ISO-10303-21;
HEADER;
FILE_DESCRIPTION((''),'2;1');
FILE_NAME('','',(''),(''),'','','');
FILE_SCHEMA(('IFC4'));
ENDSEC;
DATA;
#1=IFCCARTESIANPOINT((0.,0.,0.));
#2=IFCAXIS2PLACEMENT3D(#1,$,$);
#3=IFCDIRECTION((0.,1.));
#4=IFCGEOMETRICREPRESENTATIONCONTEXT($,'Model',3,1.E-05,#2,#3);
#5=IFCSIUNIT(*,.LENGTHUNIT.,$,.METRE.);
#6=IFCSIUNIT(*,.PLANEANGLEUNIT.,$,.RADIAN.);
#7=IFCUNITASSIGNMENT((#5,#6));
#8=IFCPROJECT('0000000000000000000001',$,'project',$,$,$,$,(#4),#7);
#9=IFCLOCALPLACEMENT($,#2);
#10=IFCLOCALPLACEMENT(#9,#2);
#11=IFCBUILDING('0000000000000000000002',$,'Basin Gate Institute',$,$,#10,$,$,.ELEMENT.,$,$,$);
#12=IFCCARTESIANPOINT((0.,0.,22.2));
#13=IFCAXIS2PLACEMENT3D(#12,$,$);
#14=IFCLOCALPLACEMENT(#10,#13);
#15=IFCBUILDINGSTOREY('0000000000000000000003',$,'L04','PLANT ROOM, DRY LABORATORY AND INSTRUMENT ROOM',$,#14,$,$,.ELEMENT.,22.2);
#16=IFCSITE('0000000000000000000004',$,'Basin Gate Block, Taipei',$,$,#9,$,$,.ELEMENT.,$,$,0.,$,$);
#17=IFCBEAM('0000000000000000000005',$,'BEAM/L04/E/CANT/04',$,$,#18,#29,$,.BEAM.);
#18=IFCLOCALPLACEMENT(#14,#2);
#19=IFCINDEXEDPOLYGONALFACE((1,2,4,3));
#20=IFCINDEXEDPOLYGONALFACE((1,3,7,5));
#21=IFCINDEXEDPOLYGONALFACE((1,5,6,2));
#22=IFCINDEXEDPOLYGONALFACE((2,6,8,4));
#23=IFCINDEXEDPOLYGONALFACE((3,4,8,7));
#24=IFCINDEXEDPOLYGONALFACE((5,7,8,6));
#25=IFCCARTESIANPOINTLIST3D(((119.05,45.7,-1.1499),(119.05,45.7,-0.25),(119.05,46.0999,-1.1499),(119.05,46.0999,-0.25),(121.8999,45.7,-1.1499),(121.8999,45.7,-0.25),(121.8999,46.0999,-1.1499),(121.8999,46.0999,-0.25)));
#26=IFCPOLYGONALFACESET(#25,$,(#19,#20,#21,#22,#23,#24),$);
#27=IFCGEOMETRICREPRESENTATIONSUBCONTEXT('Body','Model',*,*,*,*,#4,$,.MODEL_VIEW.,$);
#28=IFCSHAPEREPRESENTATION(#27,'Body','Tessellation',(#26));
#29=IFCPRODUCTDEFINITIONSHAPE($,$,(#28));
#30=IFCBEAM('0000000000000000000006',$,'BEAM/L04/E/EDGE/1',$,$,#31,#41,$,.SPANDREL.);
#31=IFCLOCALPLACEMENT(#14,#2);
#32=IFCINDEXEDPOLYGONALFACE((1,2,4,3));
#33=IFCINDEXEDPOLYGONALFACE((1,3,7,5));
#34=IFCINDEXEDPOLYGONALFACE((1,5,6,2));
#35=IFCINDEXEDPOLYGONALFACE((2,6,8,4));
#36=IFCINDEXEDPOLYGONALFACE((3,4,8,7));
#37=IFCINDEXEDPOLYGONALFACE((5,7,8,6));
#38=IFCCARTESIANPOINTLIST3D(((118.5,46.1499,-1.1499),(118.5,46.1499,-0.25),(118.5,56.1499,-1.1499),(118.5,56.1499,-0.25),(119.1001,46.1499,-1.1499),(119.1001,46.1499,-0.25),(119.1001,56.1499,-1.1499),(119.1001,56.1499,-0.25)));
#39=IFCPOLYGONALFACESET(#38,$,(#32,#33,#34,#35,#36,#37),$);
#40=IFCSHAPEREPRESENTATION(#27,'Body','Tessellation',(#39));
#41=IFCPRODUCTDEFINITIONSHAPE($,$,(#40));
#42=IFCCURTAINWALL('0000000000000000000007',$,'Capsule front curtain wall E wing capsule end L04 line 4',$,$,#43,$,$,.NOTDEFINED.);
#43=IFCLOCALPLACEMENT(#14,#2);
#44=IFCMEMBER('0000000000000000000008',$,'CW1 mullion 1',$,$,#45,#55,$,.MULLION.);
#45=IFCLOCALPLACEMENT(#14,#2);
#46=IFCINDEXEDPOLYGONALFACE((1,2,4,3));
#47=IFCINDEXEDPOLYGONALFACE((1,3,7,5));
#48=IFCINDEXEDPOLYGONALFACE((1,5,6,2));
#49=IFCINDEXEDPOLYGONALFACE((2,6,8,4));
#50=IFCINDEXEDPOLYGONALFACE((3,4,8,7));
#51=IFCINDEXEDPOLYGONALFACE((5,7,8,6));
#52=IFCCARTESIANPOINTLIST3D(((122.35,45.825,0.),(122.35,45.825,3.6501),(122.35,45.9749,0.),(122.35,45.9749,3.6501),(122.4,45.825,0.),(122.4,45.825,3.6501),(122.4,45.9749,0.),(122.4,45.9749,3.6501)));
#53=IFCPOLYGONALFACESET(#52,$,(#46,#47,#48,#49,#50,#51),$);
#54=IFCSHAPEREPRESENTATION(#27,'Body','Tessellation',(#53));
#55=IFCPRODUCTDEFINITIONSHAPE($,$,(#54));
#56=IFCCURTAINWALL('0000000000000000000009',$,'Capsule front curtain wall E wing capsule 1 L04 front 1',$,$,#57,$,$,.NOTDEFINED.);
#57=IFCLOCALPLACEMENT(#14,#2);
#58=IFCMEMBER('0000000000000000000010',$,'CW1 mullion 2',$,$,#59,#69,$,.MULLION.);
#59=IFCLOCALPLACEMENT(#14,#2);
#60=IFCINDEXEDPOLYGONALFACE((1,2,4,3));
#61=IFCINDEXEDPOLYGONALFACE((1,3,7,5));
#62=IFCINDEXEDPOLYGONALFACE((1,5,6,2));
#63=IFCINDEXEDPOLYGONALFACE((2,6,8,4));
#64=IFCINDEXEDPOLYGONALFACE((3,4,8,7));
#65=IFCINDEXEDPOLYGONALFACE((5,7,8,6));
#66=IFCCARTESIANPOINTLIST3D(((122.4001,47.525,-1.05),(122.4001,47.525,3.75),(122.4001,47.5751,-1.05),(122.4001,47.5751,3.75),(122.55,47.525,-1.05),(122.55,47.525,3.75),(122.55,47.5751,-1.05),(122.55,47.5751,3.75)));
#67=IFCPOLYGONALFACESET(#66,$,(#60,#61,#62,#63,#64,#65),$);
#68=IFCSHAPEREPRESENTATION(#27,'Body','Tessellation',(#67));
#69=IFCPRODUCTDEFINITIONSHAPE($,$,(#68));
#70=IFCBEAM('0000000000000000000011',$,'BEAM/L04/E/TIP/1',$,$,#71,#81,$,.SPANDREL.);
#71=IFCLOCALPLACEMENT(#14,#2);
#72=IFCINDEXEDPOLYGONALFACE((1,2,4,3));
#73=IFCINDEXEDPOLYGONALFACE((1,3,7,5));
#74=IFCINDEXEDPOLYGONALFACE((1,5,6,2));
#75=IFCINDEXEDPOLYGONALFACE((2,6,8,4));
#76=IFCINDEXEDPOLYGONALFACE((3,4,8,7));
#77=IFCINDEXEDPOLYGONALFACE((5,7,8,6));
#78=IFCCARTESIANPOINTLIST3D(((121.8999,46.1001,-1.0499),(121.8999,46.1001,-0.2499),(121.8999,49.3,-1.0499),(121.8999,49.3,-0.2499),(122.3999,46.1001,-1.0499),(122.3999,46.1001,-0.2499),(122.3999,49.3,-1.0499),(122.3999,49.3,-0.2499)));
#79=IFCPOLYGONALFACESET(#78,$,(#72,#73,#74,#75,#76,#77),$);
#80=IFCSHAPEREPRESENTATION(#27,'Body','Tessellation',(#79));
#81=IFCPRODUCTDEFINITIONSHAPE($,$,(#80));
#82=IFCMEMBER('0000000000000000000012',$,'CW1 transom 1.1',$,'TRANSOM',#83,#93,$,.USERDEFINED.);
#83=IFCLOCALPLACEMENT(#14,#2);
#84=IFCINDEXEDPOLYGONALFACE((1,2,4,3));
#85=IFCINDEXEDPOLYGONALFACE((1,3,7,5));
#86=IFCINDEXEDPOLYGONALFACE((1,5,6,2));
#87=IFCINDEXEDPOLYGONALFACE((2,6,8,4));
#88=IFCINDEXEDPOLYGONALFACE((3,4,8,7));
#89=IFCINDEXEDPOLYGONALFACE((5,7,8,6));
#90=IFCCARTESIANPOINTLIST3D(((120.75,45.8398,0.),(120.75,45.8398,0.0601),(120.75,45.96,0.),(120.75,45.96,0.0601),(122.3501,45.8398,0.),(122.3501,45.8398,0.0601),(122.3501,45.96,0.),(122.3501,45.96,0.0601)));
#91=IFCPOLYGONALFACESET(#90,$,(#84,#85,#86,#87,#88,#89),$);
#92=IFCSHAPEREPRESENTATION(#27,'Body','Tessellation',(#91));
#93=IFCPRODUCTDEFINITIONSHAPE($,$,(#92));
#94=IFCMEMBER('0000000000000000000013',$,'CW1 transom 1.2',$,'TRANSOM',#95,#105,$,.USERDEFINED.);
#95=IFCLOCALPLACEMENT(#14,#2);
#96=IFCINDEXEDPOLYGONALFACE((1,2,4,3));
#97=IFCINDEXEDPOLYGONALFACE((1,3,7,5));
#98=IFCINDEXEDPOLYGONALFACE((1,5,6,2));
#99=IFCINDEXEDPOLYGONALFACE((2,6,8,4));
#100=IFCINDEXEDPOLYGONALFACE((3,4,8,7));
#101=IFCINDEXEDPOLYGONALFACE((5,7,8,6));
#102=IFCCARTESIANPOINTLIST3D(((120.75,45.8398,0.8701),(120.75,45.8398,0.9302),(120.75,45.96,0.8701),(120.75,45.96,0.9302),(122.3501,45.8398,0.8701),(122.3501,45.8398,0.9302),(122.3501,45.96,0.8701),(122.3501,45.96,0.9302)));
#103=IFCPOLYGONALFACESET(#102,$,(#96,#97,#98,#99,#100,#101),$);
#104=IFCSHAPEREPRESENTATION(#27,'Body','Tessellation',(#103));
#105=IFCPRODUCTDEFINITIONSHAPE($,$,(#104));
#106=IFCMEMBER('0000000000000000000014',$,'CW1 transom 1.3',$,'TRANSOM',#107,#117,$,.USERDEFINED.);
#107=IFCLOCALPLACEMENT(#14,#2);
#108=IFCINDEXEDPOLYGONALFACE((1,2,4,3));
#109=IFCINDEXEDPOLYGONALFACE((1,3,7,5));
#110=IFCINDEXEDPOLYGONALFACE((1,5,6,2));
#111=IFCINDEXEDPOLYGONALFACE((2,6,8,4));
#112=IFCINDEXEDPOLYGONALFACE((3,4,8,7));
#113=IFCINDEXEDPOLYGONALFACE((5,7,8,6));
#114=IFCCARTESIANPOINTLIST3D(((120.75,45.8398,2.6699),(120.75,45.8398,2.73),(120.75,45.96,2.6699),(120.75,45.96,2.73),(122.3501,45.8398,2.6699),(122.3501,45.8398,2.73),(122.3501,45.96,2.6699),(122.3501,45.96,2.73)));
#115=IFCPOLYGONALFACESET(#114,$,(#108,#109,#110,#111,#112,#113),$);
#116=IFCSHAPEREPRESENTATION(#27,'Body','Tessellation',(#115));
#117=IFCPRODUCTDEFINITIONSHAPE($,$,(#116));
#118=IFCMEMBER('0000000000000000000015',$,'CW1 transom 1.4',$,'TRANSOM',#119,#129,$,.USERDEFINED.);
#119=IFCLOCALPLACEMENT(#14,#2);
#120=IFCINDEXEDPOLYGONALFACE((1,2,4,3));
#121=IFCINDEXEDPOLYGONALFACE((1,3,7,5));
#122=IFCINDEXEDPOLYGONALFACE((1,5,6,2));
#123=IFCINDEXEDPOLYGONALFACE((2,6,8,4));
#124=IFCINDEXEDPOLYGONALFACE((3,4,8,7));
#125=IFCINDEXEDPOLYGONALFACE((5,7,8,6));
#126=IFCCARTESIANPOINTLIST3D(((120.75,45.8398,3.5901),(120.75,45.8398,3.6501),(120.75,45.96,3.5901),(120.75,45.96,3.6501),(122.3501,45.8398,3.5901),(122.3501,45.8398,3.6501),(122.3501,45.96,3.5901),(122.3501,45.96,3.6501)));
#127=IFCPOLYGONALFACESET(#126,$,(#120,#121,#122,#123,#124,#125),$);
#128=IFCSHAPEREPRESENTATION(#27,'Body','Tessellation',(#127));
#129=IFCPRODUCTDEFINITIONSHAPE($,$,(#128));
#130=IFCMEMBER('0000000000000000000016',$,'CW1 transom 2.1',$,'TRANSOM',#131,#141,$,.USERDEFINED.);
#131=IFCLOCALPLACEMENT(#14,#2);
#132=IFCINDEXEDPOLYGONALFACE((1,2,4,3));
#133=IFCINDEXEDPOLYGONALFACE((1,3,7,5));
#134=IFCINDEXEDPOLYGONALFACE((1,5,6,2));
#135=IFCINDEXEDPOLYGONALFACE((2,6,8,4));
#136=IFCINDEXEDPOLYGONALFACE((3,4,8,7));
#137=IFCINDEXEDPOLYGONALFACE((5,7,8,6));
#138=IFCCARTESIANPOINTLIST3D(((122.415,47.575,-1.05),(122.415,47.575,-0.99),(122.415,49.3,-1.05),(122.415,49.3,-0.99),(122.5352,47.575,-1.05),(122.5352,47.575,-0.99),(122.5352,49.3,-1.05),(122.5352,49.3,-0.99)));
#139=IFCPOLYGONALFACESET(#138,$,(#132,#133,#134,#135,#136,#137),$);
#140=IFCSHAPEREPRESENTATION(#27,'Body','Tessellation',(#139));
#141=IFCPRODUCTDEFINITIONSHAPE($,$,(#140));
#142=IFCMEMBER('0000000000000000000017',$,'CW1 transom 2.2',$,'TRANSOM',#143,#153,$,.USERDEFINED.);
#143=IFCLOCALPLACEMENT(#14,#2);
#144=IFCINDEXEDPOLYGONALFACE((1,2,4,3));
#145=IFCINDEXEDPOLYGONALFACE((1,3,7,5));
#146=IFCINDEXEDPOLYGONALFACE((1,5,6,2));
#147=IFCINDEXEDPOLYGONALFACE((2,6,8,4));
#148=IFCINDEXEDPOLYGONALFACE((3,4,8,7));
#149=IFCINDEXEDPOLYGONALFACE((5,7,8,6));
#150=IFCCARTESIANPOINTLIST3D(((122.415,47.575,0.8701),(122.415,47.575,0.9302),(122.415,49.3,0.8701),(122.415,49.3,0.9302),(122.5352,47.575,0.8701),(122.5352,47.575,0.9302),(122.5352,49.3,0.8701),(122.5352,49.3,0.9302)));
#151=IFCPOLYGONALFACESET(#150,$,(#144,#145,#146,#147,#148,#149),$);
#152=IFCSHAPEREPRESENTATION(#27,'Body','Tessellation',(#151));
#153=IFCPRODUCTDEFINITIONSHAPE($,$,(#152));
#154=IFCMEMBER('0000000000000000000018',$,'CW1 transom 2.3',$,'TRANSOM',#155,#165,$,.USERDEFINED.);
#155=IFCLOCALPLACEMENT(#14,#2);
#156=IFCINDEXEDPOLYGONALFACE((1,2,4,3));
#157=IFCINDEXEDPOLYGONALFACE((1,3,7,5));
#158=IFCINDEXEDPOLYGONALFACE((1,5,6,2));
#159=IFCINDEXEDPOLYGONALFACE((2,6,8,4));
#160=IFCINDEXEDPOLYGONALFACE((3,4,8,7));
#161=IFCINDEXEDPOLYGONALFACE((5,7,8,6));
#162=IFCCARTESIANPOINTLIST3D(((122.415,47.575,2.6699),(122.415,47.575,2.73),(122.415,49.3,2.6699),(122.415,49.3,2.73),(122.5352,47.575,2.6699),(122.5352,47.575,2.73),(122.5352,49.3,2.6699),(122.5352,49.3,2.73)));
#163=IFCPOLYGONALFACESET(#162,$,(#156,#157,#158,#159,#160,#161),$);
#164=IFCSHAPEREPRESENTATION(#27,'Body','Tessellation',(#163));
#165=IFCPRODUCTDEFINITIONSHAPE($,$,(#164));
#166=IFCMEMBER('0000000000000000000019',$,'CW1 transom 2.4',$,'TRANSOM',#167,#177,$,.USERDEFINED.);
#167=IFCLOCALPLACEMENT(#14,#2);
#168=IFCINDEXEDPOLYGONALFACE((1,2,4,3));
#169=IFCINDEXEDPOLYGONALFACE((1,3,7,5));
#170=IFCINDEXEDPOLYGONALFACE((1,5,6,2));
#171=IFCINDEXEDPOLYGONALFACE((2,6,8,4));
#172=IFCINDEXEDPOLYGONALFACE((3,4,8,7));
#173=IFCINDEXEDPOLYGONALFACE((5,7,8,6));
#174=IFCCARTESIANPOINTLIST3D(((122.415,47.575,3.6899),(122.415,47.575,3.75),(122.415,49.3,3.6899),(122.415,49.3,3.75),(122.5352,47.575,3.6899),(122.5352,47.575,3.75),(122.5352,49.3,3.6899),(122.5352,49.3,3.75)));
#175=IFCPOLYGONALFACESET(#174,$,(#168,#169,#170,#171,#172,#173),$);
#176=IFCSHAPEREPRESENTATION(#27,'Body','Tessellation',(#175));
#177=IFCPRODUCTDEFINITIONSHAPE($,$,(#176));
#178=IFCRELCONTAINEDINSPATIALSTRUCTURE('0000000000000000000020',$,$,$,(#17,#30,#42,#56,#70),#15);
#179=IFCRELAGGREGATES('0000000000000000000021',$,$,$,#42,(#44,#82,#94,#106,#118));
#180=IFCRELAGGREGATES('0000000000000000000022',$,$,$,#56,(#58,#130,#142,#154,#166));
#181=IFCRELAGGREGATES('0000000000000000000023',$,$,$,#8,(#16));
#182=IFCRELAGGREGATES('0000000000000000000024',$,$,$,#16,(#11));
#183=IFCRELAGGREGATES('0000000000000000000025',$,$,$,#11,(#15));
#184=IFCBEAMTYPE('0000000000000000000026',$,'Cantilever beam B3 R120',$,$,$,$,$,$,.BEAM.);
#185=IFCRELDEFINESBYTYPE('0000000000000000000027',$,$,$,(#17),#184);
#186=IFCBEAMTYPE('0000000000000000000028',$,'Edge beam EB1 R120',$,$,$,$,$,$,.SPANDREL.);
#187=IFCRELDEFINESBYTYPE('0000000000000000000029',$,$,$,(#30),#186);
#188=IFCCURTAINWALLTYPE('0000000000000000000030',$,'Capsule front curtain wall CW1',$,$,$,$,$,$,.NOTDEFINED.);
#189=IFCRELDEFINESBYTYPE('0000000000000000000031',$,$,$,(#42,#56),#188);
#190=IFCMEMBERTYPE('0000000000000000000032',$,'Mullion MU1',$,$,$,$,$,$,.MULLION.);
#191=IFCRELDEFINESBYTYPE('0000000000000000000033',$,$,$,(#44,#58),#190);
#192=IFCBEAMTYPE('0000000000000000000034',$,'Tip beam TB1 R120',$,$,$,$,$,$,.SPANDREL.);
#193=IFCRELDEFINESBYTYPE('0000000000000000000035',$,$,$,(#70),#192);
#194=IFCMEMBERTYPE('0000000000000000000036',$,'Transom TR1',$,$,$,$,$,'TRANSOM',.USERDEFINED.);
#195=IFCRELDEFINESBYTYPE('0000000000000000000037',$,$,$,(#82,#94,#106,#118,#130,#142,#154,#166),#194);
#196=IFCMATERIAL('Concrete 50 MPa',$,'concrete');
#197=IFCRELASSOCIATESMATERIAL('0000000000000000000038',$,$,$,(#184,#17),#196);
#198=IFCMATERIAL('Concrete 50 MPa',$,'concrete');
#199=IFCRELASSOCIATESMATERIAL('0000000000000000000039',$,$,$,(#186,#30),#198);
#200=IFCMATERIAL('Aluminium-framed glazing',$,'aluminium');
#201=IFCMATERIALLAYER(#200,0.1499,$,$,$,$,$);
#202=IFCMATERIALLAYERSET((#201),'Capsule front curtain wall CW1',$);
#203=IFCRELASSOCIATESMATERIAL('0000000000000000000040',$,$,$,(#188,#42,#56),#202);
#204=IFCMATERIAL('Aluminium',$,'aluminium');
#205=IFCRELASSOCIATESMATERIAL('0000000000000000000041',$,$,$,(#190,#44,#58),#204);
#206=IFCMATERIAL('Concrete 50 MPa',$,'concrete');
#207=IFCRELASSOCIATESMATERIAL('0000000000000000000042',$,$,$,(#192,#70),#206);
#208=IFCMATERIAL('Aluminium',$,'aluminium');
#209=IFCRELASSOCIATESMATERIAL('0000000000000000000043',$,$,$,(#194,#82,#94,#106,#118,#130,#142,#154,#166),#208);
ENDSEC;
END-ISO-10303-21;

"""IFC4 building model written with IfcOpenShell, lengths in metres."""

from ifc_helpers import new_model, si_unit, direction, frame, origin, origin_2d, place, context, subcontext, project, spatial, rectangle, extrude, material, layer, layer_set, material_profile, profile_set, type_object, element, aggregate, save


model = new_model("IFC4")

# Units and contexts
model_context = context("Model", 3, precision=1e-05, world=origin(), true_north=direction((0.0, 1.0)))
body_context = subcontext(model_context, "Body", "Model", "MODEL_VIEW")
ifc_project = project(units=[si_unit("LENGTHUNIT", "METRE"), si_unit("PLANEANGLEUNIT", "RADIAN")], contexts=[model_context])

# Site, building, storey
site_placement = place(None, origin())
site = spatial("IfcSite", under=ifc_project, at=site_placement, Name="Basin Gate Block, Taipei", CompositionType="ELEMENT", RefElevation=0.0)
building_placement = place(site_placement, origin())
building = spatial("IfcBuilding", under=site, at=building_placement, Name="Basin Gate Institute", CompositionType="ELEMENT")
storey_placement = place(building_placement, frame((0.0, 0.0, 22.2)))
storey = spatial("IfcBuildingStorey", under=building, at=storey_placement, Name="L04", Description="PLANT ROOM, DRY LABORATORY AND INSTRUMENT ROOM", CompositionType="ELEMENT", Elevation=22.2)

# Beams
ifc_material_1 = material(Name="Concrete 50 MPa", Category="concrete")
ifc_material_profile_1 = material_profile(ifc_material_1, rectangle(XDim=0.3999, YDim=0.8999, at=origin_2d()), Name="Cantilever beam B3 400 x 900")
ifc_profile_set_1 = profile_set([ifc_material_profile_1], Name="Concrete 50 MPa")
beam_type_1 = type_object("IfcBeamType", Name="Cantilever beam B3 R120", PredefinedType="BEAM", material=ifc_profile_set_1)
beam_1_placement = place(storey_placement, frame((121.8999, 45.8999, -0.7), z_axis=(-1.0, 0.0, 0.0), x_axis=(0.0, -1.0, 0.0)))
element("IfcBeam", 1, at=beam_1_placement, inside=storey, type_object=beam_type_1, material=ifc_profile_set_1, Name="BEAM/L04/E/CANT/04", PredefinedType="BEAM", context=body_context, shape_type="SweptSolid", body=[
    extrude(rectangle(XDim=0.3999, YDim=0.8999, at=origin_2d()), origin(), (0.0, 0.0, 1.0), 2.8499),
])
ifc_material_2 = material(Name="Concrete 50 MPa", Category="concrete")
ifc_material_profile_2 = material_profile(ifc_material_2, rectangle(XDim=0.6001, YDim=0.8999, at=origin_2d()), Name="Edge beam EB1 600 x 900")
ifc_profile_set_2 = profile_set([ifc_material_profile_2], Name="Concrete 50 MPa")
beam_type_2 = type_object("IfcBeamType", Name="Edge beam EB1 R120", PredefinedType="SPANDREL", material=ifc_profile_set_2)
beam_2_placement = place(storey_placement, frame((118.8, 46.1499, -0.7), z_axis=(0.0, 1.0, 0.0), x_axis=(-1.0, 0.0, 0.0)))
element("IfcBeam", 2, at=beam_2_placement, inside=storey, type_object=beam_type_2, material=ifc_profile_set_2, Name="BEAM/L04/E/EDGE/1", PredefinedType="SPANDREL", context=body_context, shape_type="SweptSolid", body=[
    extrude(rectangle(XDim=0.6001, YDim=0.8999, at=origin_2d()), origin(), (0.0, 0.0, 1.0), 10.0),
])

# Curtain walls, members
ifc_material_3 = material(Name="Aluminium-framed glazing", Category="aluminium")
ifc_layer_1 = layer(ifc_material_3, 0.1499)
ifc_layer_set_1 = layer_set([ifc_layer_1], Name="Capsule front curtain wall CW1")
curtain_wall_type = type_object("IfcCurtainWallType", Name="Capsule front curtain wall CW1", PredefinedType="NOTDEFINED", material=ifc_layer_set_1)
curtain_wall_1_placement = place(storey_placement, origin())
curtain_wall_1 = element("IfcCurtainWall", 3, at=curtain_wall_1_placement, inside=storey, type_object=curtain_wall_type, material=ifc_layer_set_1, Name="Capsule front curtain wall E wing capsule end L04 line 4", PredefinedType="NOTDEFINED")
ifc_material_4 = material(Name="Aluminium", Category="aluminium")
ifc_material_profile_3 = material_profile(ifc_material_4, rectangle(XDim=0.1499, YDim=0.05, at=origin_2d()), Name="Mullion MU1 150 x 50")
ifc_profile_set_3 = profile_set([ifc_material_profile_3], Name="Aluminium")
member_type_1 = type_object("IfcMemberType", Name="Mullion MU1", PredefinedType="MULLION", material=ifc_profile_set_3)
member_1_placement = place(storey_placement, frame((122.375, 45.8999, 0.0), z_axis=(0.0, 0.0, 1.0), x_axis=(0.0, -1.0, 0.0)))
member_1 = element("IfcMember", 4, at=member_1_placement, type_object=member_type_1, material=ifc_profile_set_3, Name="CW1 mullion 1", PredefinedType="MULLION", context=body_context, shape_type="SweptSolid", body=[
    extrude(rectangle(XDim=0.1499, YDim=0.05, at=origin_2d()), origin(), (0.0, 0.0, 1.0), 3.6501),
])
curtain_wall_2_placement = place(storey_placement, origin())
curtain_wall_2 = element("IfcCurtainWall", 5, at=curtain_wall_2_placement, inside=storey, type_object=curtain_wall_type, material=ifc_layer_set_1, Name="Capsule front curtain wall E wing capsule 1 L04 front 1", PredefinedType="NOTDEFINED")
member_2_placement = place(storey_placement, frame((122.4751, 47.55, -1.05), z_axis=(0.0, 0.0, 1.0), x_axis=(-1.0, 0.0, 0.0)))
member_2 = element("IfcMember", 6, at=member_2_placement, type_object=member_type_1, material=ifc_profile_set_3, Name="CW1 mullion 2", PredefinedType="MULLION", context=body_context, shape_type="SweptSolid", body=[
    extrude(rectangle(XDim=0.1499, YDim=0.05, at=origin_2d()), origin(), (0.0, 0.0, 1.0), 4.8),
])

# Beam
ifc_material_5 = material(Name="Concrete 50 MPa", Category="concrete")
ifc_material_profile_4 = material_profile(ifc_material_5, rectangle(XDim=0.5, YDim=0.8, at=origin_2d()), Name="Tip beam TB1 500 x 800")
ifc_profile_set_4 = profile_set([ifc_material_profile_4], Name="Concrete 50 MPa")
beam_type_3 = type_object("IfcBeamType", Name="Tip beam TB1 R120", PredefinedType="SPANDREL", material=ifc_profile_set_4)
beam_3_placement = place(storey_placement, frame((122.1499, 46.1001, -0.6499), z_axis=(0.0, 1.0, 0.0), x_axis=(-1.0, 0.0, 0.0)))
element("IfcBeam", 7, at=beam_3_placement, inside=storey, type_object=beam_type_3, material=ifc_profile_set_4, Name="BEAM/L04/E/TIP/1", PredefinedType="SPANDREL", context=body_context, shape_type="SweptSolid", body=[
    extrude(rectangle(XDim=0.5, YDim=0.8, at=origin_2d()), origin(), (0.0, 0.0, 1.0), 3.2),
])

# Members
ifc_material_6 = material(Name="Aluminium", Category="aluminium")
ifc_material_profile_5 = material_profile(ifc_material_6, rectangle(XDim=0.1201, YDim=0.0601, at=origin_2d()), Name="Transom TR1 120 x 60")
ifc_profile_set_5 = profile_set([ifc_material_profile_5], Name="Aluminium")
member_type_2 = type_object("IfcMemberType", Name="Transom TR1", ElementType="TRANSOM", PredefinedType="USERDEFINED", material=ifc_profile_set_5)
member_3_placement = place(storey_placement, frame((122.3501, 45.8999, 0.03), z_axis=(-1.0, 0.0, 0.0), x_axis=(0.0, -1.0, 0.0)))
member_3 = element("IfcMember", 8, at=member_3_placement, type_object=member_type_2, material=ifc_profile_set_5, Name="CW1 transom 1.1", ObjectType="TRANSOM", PredefinedType="USERDEFINED", context=body_context, shape_type="SweptSolid", body=[
    extrude(rectangle(XDim=0.1201, YDim=0.0601, at=origin_2d()), origin(), (0.0, 0.0, 1.0), 1.6001),
])
member_4_placement = place(storey_placement, frame((122.3501, 45.8999, 0.9001), z_axis=(-1.0, 0.0, 0.0), x_axis=(0.0, -1.0, 0.0)))
member_4 = element("IfcMember", 9, at=member_4_placement, type_object=member_type_2, material=ifc_profile_set_5, Name="CW1 transom 1.2", ObjectType="TRANSOM", PredefinedType="USERDEFINED", context=body_context, shape_type="SweptSolid", body=[
    extrude(rectangle(XDim=0.1201, YDim=0.0601, at=origin_2d()), origin(), (0.0, 0.0, 1.0), 1.6001),
])
member_5_placement = place(storey_placement, frame((122.3501, 45.8999, 2.7), z_axis=(-1.0, 0.0, 0.0), x_axis=(0.0, -1.0, 0.0)))
member_5 = element("IfcMember", 10, at=member_5_placement, type_object=member_type_2, material=ifc_profile_set_5, Name="CW1 transom 1.3", ObjectType="TRANSOM", PredefinedType="USERDEFINED", context=body_context, shape_type="SweptSolid", body=[
    extrude(rectangle(XDim=0.1201, YDim=0.0601, at=origin_2d()), origin(), (0.0, 0.0, 1.0), 1.6001),
])
member_6_placement = place(storey_placement, frame((122.3501, 45.8999, 3.6201), z_axis=(-1.0, 0.0, 0.0), x_axis=(0.0, -1.0, 0.0)))
member_6 = element("IfcMember", 11, at=member_6_placement, type_object=member_type_2, material=ifc_profile_set_5, Name="CW1 transom 1.4", ObjectType="TRANSOM", PredefinedType="USERDEFINED", context=body_context, shape_type="SweptSolid", body=[
    extrude(rectangle(XDim=0.1201, YDim=0.0601, at=origin_2d()), origin(), (0.0, 0.0, 1.0), 1.6001),
])
member_7_placement = place(storey_placement, frame((122.4751, 47.575, -1.02), z_axis=(0.0, 1.0, 0.0), x_axis=(-1.0, 0.0, 0.0)))
member_7 = element("IfcMember", 12, at=member_7_placement, type_object=member_type_2, material=ifc_profile_set_5, Name="CW1 transom 2.1", ObjectType="TRANSOM", PredefinedType="USERDEFINED", context=body_context, shape_type="SweptSolid", body=[
    extrude(rectangle(XDim=0.1201, YDim=0.0601, at=origin_2d()), origin(), (0.0, 0.0, 1.0), 1.7251),
])
member_8_placement = place(storey_placement, frame((122.4751, 47.575, 0.9001), z_axis=(0.0, 1.0, 0.0), x_axis=(-1.0, 0.0, 0.0)))
member_8 = element("IfcMember", 13, at=member_8_placement, type_object=member_type_2, material=ifc_profile_set_5, Name="CW1 transom 2.2", ObjectType="TRANSOM", PredefinedType="USERDEFINED", context=body_context, shape_type="SweptSolid", body=[
    extrude(rectangle(XDim=0.1201, YDim=0.0601, at=origin_2d()), origin(), (0.0, 0.0, 1.0), 1.7251),
])
member_9_placement = place(storey_placement, frame((122.4751, 47.575, 2.7), z_axis=(0.0, 1.0, 0.0), x_axis=(-1.0, 0.0, 0.0)))
member_9 = element("IfcMember", 14, at=member_9_placement, type_object=member_type_2, material=ifc_profile_set_5, Name="CW1 transom 2.3", ObjectType="TRANSOM", PredefinedType="USERDEFINED", context=body_context, shape_type="SweptSolid", body=[
    extrude(rectangle(XDim=0.1201, YDim=0.0601, at=origin_2d()), origin(), (0.0, 0.0, 1.0), 1.7251),
])
member_10_placement = place(storey_placement, frame((122.4751, 47.575, 3.72), z_axis=(0.0, 1.0, 0.0), x_axis=(-1.0, 0.0, 0.0)))
member_10 = element("IfcMember", 15, at=member_10_placement, type_object=member_type_2, material=ifc_profile_set_5, Name="CW1 transom 2.4", ObjectType="TRANSOM", PredefinedType="USERDEFINED", context=body_context, shape_type="SweptSolid", body=[
    extrude(rectangle(XDim=0.1201, YDim=0.0601, at=origin_2d()), origin(), (0.0, 0.0, 1.0), 1.7251),
])

aggregate(curtain_wall_1, [member_1, member_3, member_4, member_5, member_6])
aggregate(curtain_wall_2, [member_2, member_7, member_8, member_9, member_10])

save(model, "model.ifc")
